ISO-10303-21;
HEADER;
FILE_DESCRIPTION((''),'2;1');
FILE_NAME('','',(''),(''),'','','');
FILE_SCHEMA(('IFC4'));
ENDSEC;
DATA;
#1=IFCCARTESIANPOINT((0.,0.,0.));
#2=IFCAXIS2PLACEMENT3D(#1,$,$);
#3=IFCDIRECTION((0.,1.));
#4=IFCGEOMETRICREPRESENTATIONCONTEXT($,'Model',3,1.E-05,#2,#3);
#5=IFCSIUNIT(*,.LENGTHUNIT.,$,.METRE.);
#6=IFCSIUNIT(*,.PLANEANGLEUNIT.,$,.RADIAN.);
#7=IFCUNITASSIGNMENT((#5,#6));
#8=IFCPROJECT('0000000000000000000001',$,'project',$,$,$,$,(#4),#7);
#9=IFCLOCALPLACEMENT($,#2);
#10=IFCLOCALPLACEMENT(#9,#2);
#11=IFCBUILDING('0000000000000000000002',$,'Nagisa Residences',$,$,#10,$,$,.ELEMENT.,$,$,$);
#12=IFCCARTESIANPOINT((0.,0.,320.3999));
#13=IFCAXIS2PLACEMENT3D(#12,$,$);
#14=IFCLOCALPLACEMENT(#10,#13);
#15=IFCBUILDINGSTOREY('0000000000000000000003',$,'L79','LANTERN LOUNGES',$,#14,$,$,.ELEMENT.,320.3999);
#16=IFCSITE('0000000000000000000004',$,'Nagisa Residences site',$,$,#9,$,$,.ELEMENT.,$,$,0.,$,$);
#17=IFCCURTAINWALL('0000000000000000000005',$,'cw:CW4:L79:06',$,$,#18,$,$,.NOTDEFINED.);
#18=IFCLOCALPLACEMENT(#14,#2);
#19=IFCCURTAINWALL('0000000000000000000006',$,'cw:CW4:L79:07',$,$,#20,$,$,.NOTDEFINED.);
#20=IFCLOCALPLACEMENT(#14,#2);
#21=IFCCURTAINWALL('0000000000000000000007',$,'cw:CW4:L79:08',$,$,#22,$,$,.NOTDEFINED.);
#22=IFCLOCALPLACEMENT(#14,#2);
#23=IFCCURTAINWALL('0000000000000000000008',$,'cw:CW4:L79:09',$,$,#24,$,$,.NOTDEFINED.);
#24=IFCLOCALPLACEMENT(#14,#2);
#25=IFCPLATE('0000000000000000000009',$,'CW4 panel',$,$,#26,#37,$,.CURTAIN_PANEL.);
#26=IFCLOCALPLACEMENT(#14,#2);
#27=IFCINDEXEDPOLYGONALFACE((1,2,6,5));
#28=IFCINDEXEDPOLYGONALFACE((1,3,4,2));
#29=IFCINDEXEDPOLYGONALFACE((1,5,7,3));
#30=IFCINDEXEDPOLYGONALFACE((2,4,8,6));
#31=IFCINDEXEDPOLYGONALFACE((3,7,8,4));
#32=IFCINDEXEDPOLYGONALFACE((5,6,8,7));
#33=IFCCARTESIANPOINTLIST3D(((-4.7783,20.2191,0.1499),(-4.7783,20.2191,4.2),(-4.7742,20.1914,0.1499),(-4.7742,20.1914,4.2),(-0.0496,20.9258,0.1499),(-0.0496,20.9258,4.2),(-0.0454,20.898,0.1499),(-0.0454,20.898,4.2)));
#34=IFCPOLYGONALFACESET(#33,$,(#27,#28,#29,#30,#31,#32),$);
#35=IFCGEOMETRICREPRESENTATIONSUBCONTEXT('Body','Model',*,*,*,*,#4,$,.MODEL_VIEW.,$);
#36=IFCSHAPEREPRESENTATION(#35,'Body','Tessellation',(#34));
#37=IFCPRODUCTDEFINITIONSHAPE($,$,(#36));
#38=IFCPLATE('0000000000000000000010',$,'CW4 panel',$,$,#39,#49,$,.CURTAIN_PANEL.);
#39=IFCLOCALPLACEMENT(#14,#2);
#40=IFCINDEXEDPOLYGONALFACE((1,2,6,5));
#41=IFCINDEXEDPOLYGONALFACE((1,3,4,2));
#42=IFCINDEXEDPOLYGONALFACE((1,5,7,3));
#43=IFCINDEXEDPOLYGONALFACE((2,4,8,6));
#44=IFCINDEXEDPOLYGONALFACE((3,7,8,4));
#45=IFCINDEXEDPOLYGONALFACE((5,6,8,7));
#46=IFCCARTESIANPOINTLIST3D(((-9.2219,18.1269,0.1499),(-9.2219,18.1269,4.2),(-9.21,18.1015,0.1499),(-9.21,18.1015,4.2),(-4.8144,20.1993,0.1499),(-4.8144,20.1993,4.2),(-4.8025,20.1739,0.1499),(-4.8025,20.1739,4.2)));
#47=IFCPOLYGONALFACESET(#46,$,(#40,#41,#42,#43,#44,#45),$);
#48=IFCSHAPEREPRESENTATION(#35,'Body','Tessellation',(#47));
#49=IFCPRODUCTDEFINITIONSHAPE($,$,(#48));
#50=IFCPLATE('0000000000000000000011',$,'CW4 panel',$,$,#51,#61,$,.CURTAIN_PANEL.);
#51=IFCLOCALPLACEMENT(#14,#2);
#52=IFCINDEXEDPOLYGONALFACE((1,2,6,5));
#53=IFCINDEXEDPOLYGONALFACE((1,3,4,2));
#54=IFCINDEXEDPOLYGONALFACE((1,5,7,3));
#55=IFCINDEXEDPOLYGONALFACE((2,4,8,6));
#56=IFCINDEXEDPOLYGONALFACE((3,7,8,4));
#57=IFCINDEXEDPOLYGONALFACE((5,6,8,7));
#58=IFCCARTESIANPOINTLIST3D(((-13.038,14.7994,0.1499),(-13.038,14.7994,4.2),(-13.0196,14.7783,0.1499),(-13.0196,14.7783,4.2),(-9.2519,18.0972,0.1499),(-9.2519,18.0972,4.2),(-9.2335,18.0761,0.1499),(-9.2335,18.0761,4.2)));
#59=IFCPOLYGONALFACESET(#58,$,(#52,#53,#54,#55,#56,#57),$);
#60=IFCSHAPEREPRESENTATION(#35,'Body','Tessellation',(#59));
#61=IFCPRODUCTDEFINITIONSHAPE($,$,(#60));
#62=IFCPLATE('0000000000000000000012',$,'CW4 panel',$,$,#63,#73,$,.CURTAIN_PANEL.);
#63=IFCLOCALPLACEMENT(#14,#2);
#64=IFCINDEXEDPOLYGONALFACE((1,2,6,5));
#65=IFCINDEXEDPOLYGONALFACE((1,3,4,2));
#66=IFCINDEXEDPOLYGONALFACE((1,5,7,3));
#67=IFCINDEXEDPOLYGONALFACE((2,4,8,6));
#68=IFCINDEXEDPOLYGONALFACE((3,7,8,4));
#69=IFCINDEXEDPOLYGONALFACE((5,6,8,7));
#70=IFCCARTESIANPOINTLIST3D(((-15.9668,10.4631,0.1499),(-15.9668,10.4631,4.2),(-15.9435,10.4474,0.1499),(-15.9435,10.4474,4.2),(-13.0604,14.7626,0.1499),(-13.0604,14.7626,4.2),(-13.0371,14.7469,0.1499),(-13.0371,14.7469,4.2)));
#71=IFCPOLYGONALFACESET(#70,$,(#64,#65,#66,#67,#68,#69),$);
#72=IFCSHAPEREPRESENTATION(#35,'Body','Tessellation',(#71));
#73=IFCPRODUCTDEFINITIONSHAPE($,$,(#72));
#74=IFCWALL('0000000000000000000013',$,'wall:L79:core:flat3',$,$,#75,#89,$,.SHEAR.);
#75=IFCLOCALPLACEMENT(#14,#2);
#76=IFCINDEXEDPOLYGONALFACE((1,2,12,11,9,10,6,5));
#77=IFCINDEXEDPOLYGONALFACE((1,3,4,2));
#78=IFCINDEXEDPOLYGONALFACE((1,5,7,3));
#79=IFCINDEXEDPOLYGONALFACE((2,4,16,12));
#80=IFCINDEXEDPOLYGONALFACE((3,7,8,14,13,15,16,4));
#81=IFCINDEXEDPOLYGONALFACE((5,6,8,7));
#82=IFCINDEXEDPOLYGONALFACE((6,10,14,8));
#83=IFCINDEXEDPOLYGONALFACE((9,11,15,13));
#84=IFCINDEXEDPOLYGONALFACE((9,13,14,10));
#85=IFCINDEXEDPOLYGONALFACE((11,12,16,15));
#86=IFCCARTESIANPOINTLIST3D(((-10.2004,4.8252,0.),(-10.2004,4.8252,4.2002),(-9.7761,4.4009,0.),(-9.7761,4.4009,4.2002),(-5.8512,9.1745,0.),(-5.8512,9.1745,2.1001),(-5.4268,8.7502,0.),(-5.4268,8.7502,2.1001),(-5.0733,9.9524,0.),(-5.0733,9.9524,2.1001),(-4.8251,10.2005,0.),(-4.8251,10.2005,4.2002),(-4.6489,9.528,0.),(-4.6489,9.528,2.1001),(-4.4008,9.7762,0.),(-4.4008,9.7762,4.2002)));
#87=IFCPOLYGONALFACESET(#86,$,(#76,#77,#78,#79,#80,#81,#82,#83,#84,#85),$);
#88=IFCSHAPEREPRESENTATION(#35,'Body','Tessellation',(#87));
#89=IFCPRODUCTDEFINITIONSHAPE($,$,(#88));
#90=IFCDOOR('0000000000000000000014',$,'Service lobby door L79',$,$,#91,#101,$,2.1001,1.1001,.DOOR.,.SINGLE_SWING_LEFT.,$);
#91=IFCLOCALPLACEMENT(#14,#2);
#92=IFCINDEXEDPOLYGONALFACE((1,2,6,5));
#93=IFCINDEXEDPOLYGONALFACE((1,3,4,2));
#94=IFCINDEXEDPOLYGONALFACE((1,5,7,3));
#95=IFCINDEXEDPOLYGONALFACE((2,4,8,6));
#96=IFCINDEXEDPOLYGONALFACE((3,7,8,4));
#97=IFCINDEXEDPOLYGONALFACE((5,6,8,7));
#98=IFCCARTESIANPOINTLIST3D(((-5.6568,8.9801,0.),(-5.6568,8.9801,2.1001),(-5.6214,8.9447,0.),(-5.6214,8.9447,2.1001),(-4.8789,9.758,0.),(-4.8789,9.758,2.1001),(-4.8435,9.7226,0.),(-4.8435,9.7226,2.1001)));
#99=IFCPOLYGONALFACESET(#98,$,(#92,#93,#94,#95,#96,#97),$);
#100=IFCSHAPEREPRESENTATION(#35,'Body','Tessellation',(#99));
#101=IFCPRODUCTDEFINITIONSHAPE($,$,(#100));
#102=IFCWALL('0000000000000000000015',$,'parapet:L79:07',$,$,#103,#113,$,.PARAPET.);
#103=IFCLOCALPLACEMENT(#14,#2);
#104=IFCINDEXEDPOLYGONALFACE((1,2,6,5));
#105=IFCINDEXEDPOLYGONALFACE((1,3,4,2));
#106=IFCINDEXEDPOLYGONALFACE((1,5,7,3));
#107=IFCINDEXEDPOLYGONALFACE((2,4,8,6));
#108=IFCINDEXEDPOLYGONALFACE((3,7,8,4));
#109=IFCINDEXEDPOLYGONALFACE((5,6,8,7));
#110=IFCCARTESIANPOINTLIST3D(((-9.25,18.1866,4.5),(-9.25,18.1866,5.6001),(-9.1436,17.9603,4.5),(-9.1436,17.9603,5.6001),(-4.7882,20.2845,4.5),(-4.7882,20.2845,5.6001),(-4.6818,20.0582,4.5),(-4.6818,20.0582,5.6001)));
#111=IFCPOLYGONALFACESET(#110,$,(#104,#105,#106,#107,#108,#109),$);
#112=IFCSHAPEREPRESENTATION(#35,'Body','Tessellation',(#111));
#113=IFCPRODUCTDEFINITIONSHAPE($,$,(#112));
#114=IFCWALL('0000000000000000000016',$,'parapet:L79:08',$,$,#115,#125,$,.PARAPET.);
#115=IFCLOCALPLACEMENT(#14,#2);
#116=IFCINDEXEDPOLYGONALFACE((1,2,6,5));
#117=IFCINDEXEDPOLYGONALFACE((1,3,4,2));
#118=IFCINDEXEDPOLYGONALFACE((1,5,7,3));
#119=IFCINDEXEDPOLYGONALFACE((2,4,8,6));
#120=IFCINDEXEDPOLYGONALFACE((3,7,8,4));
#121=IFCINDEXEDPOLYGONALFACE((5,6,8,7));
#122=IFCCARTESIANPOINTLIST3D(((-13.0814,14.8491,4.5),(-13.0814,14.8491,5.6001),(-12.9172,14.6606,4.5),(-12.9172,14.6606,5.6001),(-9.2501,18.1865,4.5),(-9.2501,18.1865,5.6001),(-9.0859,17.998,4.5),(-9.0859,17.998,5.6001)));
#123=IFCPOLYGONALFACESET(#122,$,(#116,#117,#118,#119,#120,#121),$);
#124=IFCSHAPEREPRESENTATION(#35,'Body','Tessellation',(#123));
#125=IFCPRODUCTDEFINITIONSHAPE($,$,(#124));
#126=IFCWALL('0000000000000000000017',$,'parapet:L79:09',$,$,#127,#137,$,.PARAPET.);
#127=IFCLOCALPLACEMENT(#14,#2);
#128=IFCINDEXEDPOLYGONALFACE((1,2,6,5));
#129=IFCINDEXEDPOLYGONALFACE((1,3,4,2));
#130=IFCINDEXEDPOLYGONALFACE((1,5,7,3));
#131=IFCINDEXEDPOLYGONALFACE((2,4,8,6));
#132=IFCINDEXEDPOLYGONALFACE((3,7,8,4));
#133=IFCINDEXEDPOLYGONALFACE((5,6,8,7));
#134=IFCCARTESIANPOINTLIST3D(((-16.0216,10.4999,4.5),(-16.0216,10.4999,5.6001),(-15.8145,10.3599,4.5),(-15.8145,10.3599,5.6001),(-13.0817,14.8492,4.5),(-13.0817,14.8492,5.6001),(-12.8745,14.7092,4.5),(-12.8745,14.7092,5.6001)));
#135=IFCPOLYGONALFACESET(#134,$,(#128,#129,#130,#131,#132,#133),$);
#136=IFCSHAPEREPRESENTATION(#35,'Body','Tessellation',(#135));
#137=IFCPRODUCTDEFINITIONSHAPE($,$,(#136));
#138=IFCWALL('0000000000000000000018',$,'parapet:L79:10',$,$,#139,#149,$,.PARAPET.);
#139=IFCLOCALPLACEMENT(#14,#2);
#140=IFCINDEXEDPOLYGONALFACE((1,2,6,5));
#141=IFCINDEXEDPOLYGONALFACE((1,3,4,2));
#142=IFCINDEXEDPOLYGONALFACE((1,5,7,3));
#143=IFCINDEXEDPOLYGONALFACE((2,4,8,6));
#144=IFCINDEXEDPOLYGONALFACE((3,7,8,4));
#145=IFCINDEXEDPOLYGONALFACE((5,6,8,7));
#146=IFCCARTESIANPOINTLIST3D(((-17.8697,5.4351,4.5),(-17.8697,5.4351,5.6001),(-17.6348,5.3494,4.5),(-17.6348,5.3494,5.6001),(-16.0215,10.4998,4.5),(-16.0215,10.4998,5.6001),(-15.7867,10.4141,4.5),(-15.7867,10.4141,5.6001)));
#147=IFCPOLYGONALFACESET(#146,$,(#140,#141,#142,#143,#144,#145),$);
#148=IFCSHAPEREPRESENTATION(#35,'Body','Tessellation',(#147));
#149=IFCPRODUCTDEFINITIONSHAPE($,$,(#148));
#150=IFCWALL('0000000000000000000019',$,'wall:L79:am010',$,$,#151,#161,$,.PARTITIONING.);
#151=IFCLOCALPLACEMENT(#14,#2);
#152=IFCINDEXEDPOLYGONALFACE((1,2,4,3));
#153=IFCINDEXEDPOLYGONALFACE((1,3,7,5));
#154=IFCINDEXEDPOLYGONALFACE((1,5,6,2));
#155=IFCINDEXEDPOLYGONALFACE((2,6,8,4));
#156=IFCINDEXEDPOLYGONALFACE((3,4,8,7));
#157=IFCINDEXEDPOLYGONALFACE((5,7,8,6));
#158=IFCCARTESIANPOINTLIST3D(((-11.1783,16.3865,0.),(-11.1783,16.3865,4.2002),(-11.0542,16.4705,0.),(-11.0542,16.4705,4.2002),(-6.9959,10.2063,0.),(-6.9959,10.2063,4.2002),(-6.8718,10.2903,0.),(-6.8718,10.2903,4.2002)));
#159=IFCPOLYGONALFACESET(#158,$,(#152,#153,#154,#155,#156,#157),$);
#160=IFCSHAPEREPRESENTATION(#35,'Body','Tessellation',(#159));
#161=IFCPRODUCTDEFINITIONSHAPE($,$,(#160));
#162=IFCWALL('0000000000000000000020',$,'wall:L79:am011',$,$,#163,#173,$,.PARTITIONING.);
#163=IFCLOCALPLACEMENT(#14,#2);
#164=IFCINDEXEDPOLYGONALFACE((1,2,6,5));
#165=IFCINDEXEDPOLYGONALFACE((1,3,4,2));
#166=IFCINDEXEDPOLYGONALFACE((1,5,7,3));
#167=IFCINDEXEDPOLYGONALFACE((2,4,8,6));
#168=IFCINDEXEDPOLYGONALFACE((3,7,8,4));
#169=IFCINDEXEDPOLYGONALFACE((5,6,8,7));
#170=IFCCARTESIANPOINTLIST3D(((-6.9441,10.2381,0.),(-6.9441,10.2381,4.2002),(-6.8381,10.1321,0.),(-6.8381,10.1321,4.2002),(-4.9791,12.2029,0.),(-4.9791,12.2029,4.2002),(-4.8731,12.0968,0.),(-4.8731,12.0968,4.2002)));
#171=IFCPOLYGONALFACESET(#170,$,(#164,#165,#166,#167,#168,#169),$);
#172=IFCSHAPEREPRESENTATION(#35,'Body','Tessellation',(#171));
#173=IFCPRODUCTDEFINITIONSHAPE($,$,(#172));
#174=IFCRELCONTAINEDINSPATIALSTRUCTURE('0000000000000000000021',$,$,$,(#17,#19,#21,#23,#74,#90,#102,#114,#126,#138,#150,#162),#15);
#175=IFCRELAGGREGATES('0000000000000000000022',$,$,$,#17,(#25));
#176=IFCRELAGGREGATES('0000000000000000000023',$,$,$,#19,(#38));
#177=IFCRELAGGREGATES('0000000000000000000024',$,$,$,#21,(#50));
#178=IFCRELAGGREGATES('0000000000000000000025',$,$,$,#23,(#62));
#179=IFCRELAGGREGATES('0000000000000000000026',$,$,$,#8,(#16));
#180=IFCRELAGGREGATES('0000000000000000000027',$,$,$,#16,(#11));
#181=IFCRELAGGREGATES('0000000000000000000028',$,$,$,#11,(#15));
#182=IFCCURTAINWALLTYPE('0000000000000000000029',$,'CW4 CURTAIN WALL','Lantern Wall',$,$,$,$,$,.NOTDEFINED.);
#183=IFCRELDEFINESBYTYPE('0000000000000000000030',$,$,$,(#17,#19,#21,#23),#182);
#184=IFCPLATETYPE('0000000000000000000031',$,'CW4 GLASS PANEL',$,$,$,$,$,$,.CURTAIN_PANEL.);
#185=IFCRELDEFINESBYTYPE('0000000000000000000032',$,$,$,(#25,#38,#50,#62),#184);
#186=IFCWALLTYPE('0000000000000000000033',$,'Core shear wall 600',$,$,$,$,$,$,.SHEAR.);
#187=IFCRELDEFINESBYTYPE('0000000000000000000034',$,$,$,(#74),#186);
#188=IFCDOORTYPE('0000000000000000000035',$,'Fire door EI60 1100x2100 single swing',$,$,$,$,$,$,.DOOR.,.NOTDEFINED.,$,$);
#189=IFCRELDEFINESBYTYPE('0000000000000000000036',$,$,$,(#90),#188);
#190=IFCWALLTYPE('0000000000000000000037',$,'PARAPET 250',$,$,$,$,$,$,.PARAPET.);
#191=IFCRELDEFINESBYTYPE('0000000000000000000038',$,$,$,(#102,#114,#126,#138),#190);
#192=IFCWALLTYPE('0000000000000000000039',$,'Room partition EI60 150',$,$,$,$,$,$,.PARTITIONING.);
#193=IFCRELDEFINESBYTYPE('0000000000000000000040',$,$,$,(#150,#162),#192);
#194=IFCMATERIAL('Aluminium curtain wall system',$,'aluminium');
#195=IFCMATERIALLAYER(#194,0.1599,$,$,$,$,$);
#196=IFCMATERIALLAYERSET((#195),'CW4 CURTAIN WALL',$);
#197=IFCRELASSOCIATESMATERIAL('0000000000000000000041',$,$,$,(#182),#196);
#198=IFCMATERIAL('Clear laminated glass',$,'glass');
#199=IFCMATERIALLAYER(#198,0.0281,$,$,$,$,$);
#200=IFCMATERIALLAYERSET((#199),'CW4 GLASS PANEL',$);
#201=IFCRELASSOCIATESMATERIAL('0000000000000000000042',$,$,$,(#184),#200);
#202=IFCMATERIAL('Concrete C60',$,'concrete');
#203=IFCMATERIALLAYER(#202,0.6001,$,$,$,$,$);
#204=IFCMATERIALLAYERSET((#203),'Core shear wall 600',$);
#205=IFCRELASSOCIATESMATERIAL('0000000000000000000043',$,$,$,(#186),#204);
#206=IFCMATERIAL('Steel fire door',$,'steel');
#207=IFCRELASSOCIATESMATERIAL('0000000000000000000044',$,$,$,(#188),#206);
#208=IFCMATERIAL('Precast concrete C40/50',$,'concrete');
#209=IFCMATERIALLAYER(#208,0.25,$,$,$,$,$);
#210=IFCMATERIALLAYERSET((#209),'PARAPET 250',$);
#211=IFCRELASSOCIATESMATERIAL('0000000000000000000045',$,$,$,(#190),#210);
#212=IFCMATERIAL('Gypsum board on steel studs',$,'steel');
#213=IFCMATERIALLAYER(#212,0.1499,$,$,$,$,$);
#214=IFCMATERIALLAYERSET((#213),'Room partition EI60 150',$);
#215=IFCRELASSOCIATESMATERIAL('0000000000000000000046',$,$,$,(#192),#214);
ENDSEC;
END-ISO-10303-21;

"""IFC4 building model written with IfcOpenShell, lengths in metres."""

from ifc_helpers import new_model, si_unit, direction, frame, frame_2d, origin, origin_2d, place, context, subcontext, project, spatial, rectangle, extrude, material, layer, layer_set, type_object, element, fill, aggregate, save


model = new_model("IFC4")

# Units and contexts
model_context = context("Model", 3, precision=1e-05, world=origin(), true_north=direction((0.0, 1.0)))
body_context = subcontext(model_context, "Body", "Model", "MODEL_VIEW")
ifc_project = project(units=[si_unit("LENGTHUNIT", "METRE"), si_unit("PLANEANGLEUNIT", "RADIAN")], contexts=[model_context])

# Site, building, storey
site_placement = place(None, origin())
site = spatial("IfcSite", under=ifc_project, at=site_placement, Name="Nagisa Residences site", CompositionType="ELEMENT", RefElevation=0.0)
building_placement = place(site_placement, origin())
building = spatial("IfcBuilding", under=site, at=building_placement, Name="Nagisa Residences", CompositionType="ELEMENT")
storey_placement = place(building_placement, frame((0.0, 0.0, 320.3999)))
storey = spatial("IfcBuildingStorey", under=building, at=storey_placement, Name="L79", Description="LANTERN LOUNGES", CompositionType="ELEMENT", Elevation=320.3999)

# Curtain walls
ifc_material_1 = material(Name="Aluminium curtain wall system", Category="aluminium")
ifc_layer_1 = layer(ifc_material_1, 0.1599)
ifc_layer_set_1 = layer_set([ifc_layer_1], Name="CW4 CURTAIN WALL")
curtain_wall_type = type_object("IfcCurtainWallType", Name="CW4 CURTAIN WALL", Description="Lantern Wall", PredefinedType="NOTDEFINED", material=ifc_layer_set_1)
curtain_wall_1_placement = place(storey_placement, origin())
curtain_wall_1 = element("IfcCurtainWall", 1, at=curtain_wall_1_placement, inside=storey, type_object=curtain_wall_type, Name="cw:CW4:L79:06", PredefinedType="NOTDEFINED")
curtain_wall_2_placement = place(storey_placement, origin())
curtain_wall_2 = element("IfcCurtainWall", 2, at=curtain_wall_2_placement, inside=storey, type_object=curtain_wall_type, Name="cw:CW4:L79:07", PredefinedType="NOTDEFINED")
curtain_wall_3_placement = place(storey_placement, origin())
curtain_wall_3 = element("IfcCurtainWall", 3, at=curtain_wall_3_placement, inside=storey, type_object=curtain_wall_type, Name="cw:CW4:L79:08", PredefinedType="NOTDEFINED")
curtain_wall_4_placement = place(storey_placement, origin())
curtain_wall_4 = element("IfcCurtainWall", 4, at=curtain_wall_4_placement, inside=storey, type_object=curtain_wall_type, Name="cw:CW4:L79:09", PredefinedType="NOTDEFINED")

# Plates
ifc_material_2 = material(Name="Clear laminated glass", Category="glass")
ifc_layer_2 = layer(ifc_material_2, 0.0281)
ifc_layer_set_2 = layer_set([ifc_layer_2], Name="CW4 GLASS PANEL")
plate_type = type_object("IfcPlateType", Name="CW4 GLASS PANEL", PredefinedType="CURTAIN_PANEL", material=ifc_layer_set_2)
plate_1_placement = place(storey_placement, frame((-2.4119, 20.5586, 0.1499), z_axis=(0.0, 0.0, 1.0), x_axis=(-0.989017, -0.147802, 0.0)))
plate_1 = element("IfcPlate", 5, at=plate_1_placement, type_object=plate_type, Name="CW4 panel", PredefinedType="CURTAIN_PANEL", context=body_context, shape_type="SweptSolid", body=[
    extrude(rectangle(XDim=4.7812, YDim=0.0281, at=origin_2d()), origin(), (0.0, 0.0, 1.0), 4.05),
])
aggregate(curtain_wall_1, [plate_1])
plate_2_placement = place(storey_placement, frame((-7.0122, 19.1504, 0.1499), z_axis=(0.0, 0.0, 1.0), x_axis=(-0.904958, -0.425501, 0.0)))
plate_2 = element("IfcPlate", 6, at=plate_2_placement, type_object=plate_type, Name="CW4 panel", PredefinedType="CURTAIN_PANEL", context=body_context, shape_type="SweptSolid", body=[
    extrude(rectangle(XDim=4.8704, YDim=0.0281, at=origin_2d()), origin(), (0.0, 0.0, 1.0), 4.05),
])
aggregate(curtain_wall_2, [plate_2])
plate_3_placement = place(storey_placement, frame((-11.1357, 16.4377, 0.1499), z_axis=(0.0, 0.0, 1.0), x_axis=(-0.754062, -0.656803, 0.0)))
plate_3 = element("IfcPlate", 7, at=plate_3_placement, type_object=plate_type, Name="CW4 panel", PredefinedType="CURTAIN_PANEL", context=body_context, shape_type="SweptSolid", body=[
    extrude(rectangle(XDim=5.021, YDim=0.0281, at=origin_2d()), origin(), (0.0, 0.0, 1.0), 4.05),
])
aggregate(curtain_wall_3, [plate_3])
plate_4_placement = place(storey_placement, frame((-14.502, 12.605, 0.1499), z_axis=(0.0, 0.0, 1.0), x_axis=(-0.56003, -0.828473, 0.0)))
plate_4 = element("IfcPlate", 8, at=plate_4_placement, type_object=plate_type, Name="CW4 panel", PredefinedType="CURTAIN_PANEL", context=body_context, shape_type="SweptSolid", body=[
    extrude(rectangle(XDim=5.1897, YDim=0.0281, at=origin_2d()), origin(), (0.0, 0.0, 1.0), 4.05),
])
aggregate(curtain_wall_4, [plate_4])

# Wall, opening, door
ifc_material_3 = material(Name="Concrete C60", Category="concrete")
ifc_layer_3 = layer(ifc_material_3, 0.6001)
ifc_layer_set_3 = layer_set([ifc_layer_3], Name="Core shear wall 600")
wall_type_1 = type_object("IfcWallType", Name="Core shear wall 600", PredefinedType="SHEAR", material=ifc_layer_set_3)
wall_1_placement = place(storey_placement, frame((-4.613, 9.9883, 0.0), z_axis=(0.0, 0.0, 1.0), x_axis=(-0.707107, -0.707107, 0.0)))
wall_1 = element("IfcWall", 9, at=wall_1_placement, inside=storey, type_object=wall_type_1, Name="wall:L79:core:flat3", PredefinedType="SHEAR", context=body_context, shape_type="SweptSolid", body=[
    extrude(rectangle(XDim=7.6018, YDim=0.6001, at=frame_2d((3.8008, 0.0))), origin(), (0.0, 0.0, 1.0), 4.2002),
])
opening_1_placement = place(wall_1_placement, frame((0.3508, 0.0, 0.0)))
opening_1 = element("IfcOpeningElement", 10, at=opening_1_placement, cuts=wall_1, PredefinedType="OPENING", context=body_context, shape_type="SweptSolid", body=[
    extrude(rectangle(XDim=1.1001, YDim=2.1001, at=frame_2d((0.55, 1.05))), frame((0.0, 0.3101, 0.0), z_axis=(0.0, -1.0, 0.0), x_axis=(1.0, 0.0, 0.0)), (0.0, 0.0, 1.0), 0.6201),
])
ifc_material_4 = material(Name="Steel fire door", Category="steel")
door_type_1 = type_object("IfcDoorType", Name="Fire door EI60 1100x2100 single swing", OperationType="NOTDEFINED", PredefinedType="DOOR", material=ifc_material_4)
door_1_placement = place(opening_1_placement, origin())
door_1 = element("IfcDoor", 11, at=door_1_placement, inside=storey, type_object=door_type_1, Name="Service lobby door L79", OperationType="SINGLE_SWING_LEFT", OverallHeight=2.1001, OverallWidth=1.1001, PredefinedType="DOOR", context=body_context, shape_type="SweptSolid", body=[
    extrude(rectangle(XDim=1.1001, YDim=2.1001, at=frame_2d((0.55, 1.05))), frame((0.0, 0.0249, 0.0), z_axis=(0.0, -1.0, 0.0), x_axis=(1.0, 0.0, 0.0)), (0.0, 0.0, 1.0), 0.05),
])
fill(opening_1, door_1)

# Walls
ifc_material_5 = material(Name="Precast concrete C40/50", Category="concrete")
ifc_layer_4 = layer(ifc_material_5, 0.25)
ifc_layer_set_4 = layer_set([ifc_layer_4], Name="PARAPET 250")
wall_type_2 = type_object("IfcWallType", Name="PARAPET 250", PredefinedType="PARAPET", material=ifc_layer_set_4)
wall_2_placement = place(storey_placement, frame((-4.7349, 20.1714, 4.5), z_axis=(0.0, 0.0, 1.0), x_axis=(-0.904961, -0.425494, 0.0)))
element("IfcWall", 12, at=wall_2_placement, inside=storey, type_object=wall_type_2, Name="parapet:L79:07", PredefinedType="PARAPET", context=body_context, shape_type="SweptSolid", body=[
    extrude(rectangle(XDim=4.9304, YDim=0.25, at=frame_2d((2.4653, 0.0))), origin(), (0.0, 0.0, 1.0), 1.1001),
])
wall_3_placement = place(storey_placement, frame((-9.168, 18.0923, 4.5), z_axis=(0.0, 0.0, 1.0), x_axis=(-0.754036, -0.656833, 0.0)))
element("IfcWall", 13, at=wall_3_placement, inside=storey, type_object=wall_type_2, Name="parapet:L79:08", PredefinedType="PARAPET", context=body_context, shape_type="SweptSolid", body=[
    extrude(rectangle(XDim=5.0811, YDim=0.25, at=frame_2d((2.5405, 0.0))), origin(), (0.0, 0.0, 1.0), 1.1001),
])
wall_4_placement = place(storey_placement, frame((-12.978, 14.7793, 4.5), z_axis=(0.0, 0.0, 1.0), x_axis=(-0.560012, -0.828485, 0.0)))
element("IfcWall", 14, at=wall_4_placement, inside=storey, type_object=wall_type_2, Name="parapet:L79:09", PredefinedType="PARAPET", context=body_context, shape_type="SweptSolid", body=[
    extrude(rectangle(XDim=5.2498, YDim=0.25, at=frame_2d((2.625, 0.0))), origin(), (0.0, 0.0, 1.0), 1.1001),
])
wall_5_placement = place(storey_placement, frame((-15.9041, 10.457, 4.5), z_axis=(0.0, 0.0, 1.0), x_axis=(-0.342797, -0.939409, 0.0)))
element("IfcWall", 15, at=wall_5_placement, inside=storey, type_object=wall_type_2, Name="parapet:L79:10", PredefinedType="PARAPET", context=body_context, shape_type="SweptSolid", body=[
    extrude(rectangle(XDim=5.3914, YDim=0.25, at=frame_2d((2.6958, 0.0))), origin(), (0.0, 0.0, 1.0), 1.1001),
])
ifc_material_6 = material(Name="Gypsum board on steel studs", Category="steel")
ifc_layer_5 = layer(ifc_material_6, 0.1499)
ifc_layer_set_5 = layer_set([ifc_layer_5], Name="Room partition EI60 150")
wall_type_3 = type_object("IfcWallType", Name="Room partition EI60 150", PredefinedType="PARTITIONING", material=ifc_layer_set_5)
wall_6_placement = place(storey_placement, frame((-6.9338, 10.2483, 0.0), z_axis=(0.0, 0.0, 1.0), x_axis=(-0.560463, 0.82818, 0.0)))
element("IfcWall", 16, at=wall_6_placement, inside=storey, type_object=wall_type_3, Name="wall:L79:am010", PredefinedType="PARTITIONING", context=body_context, shape_type="SweptSolid", body=[
    extrude(rectangle(XDim=7.4624, YDim=0.1499, at=frame_2d((3.7312, 0.0))), origin(), (0.0, 0.0, 1.0), 4.2002),
])
wall_7_placement = place(storey_placement, frame((-6.8911, 10.1851, 0.0), z_axis=(0.0, 0.0, 1.0), x_axis=(0.707151, 0.707063, 0.0)))
element("IfcWall", 17, at=wall_7_placement, inside=storey, type_object=wall_type_3, Name="wall:L79:am011", PredefinedType="PARTITIONING", context=body_context, shape_type="SweptSolid", body=[
    extrude(rectangle(XDim=2.7788, YDim=0.1499, at=frame_2d((1.3894, 0.0))), origin(), (0.0, 0.0, 1.0), 4.2002),
])

save(model, "model.ifc")
